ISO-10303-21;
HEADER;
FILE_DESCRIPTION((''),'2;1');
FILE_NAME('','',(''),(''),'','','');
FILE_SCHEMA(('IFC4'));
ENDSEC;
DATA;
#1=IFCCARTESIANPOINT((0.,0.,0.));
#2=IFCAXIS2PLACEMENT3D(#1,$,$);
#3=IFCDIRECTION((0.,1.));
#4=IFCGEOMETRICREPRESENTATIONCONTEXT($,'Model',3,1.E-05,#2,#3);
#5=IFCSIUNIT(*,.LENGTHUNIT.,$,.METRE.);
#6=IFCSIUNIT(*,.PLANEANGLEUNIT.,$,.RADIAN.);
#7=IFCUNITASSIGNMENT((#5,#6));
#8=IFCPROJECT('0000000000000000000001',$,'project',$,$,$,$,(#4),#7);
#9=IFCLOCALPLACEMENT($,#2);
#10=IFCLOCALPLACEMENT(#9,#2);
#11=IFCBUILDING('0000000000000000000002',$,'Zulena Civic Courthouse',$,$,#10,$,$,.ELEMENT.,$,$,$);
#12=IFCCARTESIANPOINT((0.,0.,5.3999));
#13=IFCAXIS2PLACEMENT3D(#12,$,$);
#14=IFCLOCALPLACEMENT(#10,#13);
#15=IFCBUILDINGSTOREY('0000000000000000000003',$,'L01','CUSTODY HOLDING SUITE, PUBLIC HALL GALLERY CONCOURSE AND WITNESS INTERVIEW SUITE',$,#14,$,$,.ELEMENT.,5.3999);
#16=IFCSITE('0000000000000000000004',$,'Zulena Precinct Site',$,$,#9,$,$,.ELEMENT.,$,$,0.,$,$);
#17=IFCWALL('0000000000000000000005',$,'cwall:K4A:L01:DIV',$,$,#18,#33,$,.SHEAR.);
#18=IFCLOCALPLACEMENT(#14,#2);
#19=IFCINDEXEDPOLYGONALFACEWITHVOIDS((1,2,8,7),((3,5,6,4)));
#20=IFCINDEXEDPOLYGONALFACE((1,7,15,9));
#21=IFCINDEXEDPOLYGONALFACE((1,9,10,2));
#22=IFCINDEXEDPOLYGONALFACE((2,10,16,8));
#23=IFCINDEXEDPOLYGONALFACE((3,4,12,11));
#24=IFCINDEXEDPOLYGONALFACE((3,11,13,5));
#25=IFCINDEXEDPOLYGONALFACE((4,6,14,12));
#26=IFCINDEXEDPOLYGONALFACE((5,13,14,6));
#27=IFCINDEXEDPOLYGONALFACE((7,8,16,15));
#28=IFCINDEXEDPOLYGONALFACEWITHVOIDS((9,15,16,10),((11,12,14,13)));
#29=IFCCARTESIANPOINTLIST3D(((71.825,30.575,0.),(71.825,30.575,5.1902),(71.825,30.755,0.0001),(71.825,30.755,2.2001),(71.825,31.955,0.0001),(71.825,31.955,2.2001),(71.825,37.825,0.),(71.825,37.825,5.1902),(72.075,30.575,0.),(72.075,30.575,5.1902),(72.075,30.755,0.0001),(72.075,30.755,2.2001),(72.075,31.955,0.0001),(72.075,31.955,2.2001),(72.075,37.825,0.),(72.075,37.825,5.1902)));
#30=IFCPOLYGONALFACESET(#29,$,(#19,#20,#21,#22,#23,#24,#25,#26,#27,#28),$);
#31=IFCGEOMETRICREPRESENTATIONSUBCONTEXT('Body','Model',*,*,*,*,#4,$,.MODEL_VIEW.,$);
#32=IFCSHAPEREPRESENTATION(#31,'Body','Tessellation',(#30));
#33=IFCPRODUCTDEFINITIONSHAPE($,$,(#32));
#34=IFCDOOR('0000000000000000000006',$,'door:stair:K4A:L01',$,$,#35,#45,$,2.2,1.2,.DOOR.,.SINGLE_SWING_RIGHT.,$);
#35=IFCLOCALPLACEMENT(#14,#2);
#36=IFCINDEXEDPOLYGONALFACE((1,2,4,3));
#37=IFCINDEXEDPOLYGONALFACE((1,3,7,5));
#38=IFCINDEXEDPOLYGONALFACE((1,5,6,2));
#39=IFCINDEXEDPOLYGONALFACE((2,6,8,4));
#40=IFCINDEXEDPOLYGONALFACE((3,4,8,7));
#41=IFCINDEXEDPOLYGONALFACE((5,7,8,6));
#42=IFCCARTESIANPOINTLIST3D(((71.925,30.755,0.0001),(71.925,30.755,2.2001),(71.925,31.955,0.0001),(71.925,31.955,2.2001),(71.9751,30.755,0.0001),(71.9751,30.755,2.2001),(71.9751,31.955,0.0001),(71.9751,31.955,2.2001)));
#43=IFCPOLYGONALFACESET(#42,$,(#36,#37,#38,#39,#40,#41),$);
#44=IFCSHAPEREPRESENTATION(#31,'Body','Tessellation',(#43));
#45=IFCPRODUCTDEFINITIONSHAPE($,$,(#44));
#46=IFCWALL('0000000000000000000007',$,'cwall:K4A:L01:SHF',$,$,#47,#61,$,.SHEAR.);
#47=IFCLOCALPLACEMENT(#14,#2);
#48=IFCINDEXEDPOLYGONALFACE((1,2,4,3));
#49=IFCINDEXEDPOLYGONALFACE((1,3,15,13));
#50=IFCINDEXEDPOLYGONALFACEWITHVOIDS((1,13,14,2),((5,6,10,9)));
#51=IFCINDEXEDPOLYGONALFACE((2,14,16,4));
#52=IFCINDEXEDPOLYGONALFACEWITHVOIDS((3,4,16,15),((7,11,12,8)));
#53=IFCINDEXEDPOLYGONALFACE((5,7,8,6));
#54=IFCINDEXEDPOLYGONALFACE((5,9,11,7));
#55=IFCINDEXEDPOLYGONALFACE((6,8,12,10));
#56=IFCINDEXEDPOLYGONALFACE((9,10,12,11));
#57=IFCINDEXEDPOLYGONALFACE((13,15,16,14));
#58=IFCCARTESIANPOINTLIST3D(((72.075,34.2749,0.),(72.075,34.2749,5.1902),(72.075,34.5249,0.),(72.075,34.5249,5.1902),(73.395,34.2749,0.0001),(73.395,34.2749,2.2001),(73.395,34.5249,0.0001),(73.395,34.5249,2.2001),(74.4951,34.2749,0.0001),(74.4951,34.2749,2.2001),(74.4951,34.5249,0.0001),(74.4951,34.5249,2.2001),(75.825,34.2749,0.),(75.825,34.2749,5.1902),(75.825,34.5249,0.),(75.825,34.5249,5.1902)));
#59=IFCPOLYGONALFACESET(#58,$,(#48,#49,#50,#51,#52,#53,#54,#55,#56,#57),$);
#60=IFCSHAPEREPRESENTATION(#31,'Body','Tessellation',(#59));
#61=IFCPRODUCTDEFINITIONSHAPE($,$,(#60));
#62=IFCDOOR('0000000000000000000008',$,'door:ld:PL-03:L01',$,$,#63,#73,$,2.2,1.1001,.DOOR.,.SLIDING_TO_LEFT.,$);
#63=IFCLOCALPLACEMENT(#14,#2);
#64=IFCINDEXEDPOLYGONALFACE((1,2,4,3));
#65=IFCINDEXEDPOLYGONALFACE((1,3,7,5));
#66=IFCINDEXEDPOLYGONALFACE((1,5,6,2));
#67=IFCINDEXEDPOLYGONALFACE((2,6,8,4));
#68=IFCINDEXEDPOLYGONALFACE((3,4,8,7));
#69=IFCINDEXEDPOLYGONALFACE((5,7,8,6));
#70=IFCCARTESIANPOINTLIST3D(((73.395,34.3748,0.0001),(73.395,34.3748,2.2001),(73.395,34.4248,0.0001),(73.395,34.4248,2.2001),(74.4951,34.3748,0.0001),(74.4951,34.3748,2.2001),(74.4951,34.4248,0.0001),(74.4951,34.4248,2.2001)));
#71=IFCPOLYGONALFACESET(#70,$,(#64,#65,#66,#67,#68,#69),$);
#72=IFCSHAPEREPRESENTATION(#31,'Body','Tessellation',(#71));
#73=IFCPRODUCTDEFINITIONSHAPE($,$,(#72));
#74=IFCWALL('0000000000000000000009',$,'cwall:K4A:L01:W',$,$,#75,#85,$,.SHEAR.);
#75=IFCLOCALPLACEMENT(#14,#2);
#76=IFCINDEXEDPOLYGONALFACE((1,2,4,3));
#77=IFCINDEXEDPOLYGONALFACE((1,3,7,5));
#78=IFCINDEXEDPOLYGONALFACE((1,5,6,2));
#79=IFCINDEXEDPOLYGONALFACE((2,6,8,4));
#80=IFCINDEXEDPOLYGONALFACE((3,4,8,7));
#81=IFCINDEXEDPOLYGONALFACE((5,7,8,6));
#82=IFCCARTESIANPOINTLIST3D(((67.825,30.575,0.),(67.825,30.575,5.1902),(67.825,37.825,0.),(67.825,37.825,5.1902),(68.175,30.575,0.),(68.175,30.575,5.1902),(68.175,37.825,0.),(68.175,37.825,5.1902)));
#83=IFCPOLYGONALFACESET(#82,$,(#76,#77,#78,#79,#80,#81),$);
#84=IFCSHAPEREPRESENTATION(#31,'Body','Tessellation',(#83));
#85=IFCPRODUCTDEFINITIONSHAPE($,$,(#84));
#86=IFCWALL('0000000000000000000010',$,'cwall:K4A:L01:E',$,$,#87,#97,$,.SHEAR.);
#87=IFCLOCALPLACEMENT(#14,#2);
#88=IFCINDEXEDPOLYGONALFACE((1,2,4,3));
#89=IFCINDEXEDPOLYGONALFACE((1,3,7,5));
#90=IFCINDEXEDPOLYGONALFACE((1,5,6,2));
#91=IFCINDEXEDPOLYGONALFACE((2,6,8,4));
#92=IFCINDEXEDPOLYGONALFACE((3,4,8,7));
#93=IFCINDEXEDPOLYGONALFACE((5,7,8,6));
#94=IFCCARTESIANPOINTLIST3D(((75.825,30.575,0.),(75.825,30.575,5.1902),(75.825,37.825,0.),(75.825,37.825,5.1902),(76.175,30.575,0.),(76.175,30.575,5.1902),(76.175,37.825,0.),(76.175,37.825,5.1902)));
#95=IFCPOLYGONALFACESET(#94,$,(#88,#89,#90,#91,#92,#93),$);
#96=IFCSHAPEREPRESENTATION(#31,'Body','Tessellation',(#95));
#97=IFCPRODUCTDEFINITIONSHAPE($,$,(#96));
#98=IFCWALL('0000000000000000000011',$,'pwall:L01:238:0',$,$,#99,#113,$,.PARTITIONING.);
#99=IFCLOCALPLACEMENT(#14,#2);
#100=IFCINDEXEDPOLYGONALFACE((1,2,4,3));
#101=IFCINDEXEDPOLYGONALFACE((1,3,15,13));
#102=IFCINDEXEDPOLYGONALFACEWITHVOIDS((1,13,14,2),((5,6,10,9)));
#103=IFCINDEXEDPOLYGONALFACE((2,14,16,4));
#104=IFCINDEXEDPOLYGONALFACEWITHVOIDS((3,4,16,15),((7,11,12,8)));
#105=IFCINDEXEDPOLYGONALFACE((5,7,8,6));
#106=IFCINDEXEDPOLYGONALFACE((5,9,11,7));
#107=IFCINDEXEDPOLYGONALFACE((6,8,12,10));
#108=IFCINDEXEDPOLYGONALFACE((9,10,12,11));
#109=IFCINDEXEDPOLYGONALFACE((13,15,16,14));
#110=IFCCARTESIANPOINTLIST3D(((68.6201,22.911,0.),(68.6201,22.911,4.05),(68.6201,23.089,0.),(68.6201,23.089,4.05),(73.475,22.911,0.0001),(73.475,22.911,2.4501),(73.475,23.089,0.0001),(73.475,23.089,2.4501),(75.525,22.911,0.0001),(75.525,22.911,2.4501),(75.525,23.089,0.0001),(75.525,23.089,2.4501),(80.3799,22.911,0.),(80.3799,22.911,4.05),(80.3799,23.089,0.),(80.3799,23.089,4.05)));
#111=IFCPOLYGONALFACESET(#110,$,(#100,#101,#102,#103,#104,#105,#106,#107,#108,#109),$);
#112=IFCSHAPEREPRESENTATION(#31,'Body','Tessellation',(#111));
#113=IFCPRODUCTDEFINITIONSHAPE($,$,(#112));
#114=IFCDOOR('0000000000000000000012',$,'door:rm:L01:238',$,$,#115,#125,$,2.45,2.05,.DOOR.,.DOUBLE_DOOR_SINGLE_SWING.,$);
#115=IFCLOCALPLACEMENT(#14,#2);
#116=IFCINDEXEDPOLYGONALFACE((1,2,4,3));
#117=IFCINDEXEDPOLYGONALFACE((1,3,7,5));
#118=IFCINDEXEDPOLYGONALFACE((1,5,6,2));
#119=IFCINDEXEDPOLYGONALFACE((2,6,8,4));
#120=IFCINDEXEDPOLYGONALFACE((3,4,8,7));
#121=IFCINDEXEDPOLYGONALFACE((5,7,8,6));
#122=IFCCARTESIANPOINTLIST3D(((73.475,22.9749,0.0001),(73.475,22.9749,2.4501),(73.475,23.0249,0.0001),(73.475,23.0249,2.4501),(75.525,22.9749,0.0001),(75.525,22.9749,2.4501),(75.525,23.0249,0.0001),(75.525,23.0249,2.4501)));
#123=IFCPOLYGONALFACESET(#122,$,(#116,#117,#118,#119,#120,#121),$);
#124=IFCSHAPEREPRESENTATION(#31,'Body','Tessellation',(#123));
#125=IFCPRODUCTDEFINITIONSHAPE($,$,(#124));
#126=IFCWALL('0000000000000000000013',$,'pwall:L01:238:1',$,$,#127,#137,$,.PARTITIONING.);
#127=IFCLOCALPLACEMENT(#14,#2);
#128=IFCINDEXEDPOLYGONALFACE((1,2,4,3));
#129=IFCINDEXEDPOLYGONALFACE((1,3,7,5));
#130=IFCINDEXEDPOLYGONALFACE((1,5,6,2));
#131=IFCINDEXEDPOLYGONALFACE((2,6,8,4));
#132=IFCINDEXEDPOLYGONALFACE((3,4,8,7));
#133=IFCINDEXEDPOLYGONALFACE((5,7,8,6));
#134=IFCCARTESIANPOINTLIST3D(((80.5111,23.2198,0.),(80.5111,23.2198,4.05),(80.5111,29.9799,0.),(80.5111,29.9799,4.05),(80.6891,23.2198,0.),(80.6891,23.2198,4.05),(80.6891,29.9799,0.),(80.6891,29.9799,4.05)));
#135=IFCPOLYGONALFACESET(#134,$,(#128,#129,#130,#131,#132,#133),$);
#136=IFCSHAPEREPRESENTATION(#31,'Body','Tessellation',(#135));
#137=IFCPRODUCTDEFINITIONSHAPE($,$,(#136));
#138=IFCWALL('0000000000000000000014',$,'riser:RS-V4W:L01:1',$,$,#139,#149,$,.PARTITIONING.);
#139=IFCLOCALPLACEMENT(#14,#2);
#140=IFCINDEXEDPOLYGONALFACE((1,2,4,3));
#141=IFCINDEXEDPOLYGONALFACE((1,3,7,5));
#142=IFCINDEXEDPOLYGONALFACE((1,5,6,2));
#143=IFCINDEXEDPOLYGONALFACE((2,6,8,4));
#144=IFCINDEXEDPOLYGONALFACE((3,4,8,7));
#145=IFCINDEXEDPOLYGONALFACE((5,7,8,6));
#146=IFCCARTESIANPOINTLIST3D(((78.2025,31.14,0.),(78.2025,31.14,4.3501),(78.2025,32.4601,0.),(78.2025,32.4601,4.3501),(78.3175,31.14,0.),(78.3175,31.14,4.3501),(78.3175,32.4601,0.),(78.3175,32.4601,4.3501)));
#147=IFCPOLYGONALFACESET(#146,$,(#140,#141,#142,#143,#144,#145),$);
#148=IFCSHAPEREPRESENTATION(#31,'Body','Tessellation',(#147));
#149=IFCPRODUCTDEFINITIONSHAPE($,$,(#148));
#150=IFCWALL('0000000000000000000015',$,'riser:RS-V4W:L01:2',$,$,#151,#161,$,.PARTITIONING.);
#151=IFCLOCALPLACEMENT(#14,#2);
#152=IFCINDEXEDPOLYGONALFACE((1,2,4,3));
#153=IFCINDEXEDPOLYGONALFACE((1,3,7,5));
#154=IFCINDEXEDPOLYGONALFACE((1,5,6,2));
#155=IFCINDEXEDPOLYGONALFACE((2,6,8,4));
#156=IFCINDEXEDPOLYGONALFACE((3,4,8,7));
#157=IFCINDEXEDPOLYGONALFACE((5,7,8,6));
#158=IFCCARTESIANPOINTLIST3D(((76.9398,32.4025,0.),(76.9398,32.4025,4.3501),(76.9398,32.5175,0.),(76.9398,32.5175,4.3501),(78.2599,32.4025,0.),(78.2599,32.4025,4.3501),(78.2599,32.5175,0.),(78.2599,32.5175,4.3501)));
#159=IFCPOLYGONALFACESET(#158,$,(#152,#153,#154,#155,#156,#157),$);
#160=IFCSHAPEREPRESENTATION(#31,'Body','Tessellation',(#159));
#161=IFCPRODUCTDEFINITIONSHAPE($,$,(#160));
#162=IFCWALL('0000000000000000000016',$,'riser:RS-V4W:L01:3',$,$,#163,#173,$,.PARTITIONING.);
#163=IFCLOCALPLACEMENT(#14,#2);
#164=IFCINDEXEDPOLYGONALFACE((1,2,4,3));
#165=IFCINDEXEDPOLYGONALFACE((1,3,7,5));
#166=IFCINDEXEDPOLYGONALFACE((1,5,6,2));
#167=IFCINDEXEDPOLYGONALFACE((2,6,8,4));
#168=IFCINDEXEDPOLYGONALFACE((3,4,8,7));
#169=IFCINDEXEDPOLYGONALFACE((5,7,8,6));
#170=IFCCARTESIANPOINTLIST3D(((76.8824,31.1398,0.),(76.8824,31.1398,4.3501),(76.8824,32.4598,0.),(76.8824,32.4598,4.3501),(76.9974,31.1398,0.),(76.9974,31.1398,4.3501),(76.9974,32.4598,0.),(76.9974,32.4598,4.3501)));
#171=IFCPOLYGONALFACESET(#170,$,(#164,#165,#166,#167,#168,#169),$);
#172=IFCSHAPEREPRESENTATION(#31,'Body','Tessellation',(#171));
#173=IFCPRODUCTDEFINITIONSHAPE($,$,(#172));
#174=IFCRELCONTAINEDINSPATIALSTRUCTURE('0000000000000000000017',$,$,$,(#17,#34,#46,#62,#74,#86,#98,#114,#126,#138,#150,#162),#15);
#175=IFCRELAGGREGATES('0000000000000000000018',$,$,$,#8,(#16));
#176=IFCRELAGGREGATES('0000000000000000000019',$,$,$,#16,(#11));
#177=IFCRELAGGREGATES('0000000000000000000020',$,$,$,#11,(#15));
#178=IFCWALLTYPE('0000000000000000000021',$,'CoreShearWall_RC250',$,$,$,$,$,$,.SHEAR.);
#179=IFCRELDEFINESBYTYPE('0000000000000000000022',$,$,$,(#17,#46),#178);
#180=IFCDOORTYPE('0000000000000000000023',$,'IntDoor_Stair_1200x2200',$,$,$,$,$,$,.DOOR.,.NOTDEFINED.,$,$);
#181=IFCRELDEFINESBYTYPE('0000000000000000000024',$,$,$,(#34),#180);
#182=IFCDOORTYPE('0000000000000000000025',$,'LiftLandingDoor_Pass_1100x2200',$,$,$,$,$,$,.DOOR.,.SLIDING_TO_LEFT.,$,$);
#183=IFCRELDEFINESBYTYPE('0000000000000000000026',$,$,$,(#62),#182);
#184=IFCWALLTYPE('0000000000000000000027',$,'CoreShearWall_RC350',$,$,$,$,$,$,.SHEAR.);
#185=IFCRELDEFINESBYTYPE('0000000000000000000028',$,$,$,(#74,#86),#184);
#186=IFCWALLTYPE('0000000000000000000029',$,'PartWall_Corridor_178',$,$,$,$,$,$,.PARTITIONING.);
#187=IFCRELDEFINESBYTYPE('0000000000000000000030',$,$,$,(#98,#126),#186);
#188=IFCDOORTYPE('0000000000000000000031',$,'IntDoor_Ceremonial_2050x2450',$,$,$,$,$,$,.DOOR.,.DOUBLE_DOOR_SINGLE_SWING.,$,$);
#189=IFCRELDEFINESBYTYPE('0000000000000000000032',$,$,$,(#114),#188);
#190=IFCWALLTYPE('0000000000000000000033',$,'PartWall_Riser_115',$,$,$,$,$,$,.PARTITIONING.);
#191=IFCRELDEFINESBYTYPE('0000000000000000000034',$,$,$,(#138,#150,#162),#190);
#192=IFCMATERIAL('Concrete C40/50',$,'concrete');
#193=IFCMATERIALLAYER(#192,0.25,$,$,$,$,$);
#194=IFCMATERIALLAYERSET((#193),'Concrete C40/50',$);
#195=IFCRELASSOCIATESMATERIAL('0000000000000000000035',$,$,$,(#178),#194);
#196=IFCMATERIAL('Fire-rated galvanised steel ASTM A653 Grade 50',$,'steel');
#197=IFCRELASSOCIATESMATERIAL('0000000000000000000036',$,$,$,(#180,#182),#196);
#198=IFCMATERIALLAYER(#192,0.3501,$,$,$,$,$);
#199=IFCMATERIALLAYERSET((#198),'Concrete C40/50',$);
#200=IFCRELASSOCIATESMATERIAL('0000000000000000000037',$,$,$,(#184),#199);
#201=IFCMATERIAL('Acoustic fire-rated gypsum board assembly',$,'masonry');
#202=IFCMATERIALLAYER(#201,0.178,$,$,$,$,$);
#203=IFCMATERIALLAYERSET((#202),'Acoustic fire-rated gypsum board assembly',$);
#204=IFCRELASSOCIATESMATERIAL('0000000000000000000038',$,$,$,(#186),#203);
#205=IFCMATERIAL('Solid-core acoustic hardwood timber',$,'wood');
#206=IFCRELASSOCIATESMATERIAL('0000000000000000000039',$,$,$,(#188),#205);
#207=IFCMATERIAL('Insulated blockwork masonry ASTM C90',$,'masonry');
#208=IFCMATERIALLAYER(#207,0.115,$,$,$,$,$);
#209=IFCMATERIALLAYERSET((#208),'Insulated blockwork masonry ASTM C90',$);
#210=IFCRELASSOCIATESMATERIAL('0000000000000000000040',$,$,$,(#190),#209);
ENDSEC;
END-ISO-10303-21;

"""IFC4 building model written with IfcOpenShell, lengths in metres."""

from ifc_helpers import new_model, si_unit, direction, frame, frame_2d, origin, place, context, subcontext, project, spatial, rectangle, extrude, material, layer, layer_set, type_object, element, fill, save


model = new_model("IFC4")

# Units and contexts
model_context = context("Model", 3, precision=1e-05, world=origin(), true_north=direction((0.0, 1.0)))
body_context = subcontext(model_context, "Body", "Model", "MODEL_VIEW")
ifc_project = project(units=[si_unit("LENGTHUNIT", "METRE"), si_unit("PLANEANGLEUNIT", "RADIAN")], contexts=[model_context])

# Site, building, storey
site_placement = place(None, origin())
site = spatial("IfcSite", under=ifc_project, at=site_placement, Name="Zulena Precinct Site", CompositionType="ELEMENT", RefElevation=0.0)
building_placement = place(site_placement, origin())
building = spatial("IfcBuilding", under=site, at=building_placement, Name="Zulena Civic Courthouse", CompositionType="ELEMENT")
storey_placement = place(building_placement, frame((0.0, 0.0, 5.3999)))
storey = spatial("IfcBuildingStorey", under=building, at=storey_placement, Name="L01", Description="CUSTODY HOLDING SUITE, PUBLIC HALL GALLERY CONCOURSE AND WITNESS INTERVIEW SUITE", CompositionType="ELEMENT", Elevation=5.3999)

# Walls, openings, doors
ifc_material_1 = material(Name="Concrete C40/50", Category="concrete")
ifc_layer_1 = layer(ifc_material_1, 0.25)
ifc_layer_set_1 = layer_set([ifc_layer_1], Name="Concrete C40/50")
wall_type_1 = type_object("IfcWallType", Name="CoreShearWall_RC250", PredefinedType="SHEAR", material=ifc_layer_set_1)
wall_1_placement = place(storey_placement, frame((71.95, 30.575, 0.0), z_axis=(0.0, 0.0, 1.0), x_axis=(0.0, 1.0, 0.0)))
wall_1 = element("IfcWall", 1, at=wall_1_placement, inside=storey, type_object=wall_type_1, Name="cwall:K4A:L01:DIV", PredefinedType="SHEAR", context=body_context, shape_type="SweptSolid", body=[
    extrude(rectangle(XDim=7.25, YDim=0.25, at=frame_2d((3.625, 0.0))), origin(), (0.0, 0.0, 1.0), 5.1902),
])
opening_1_placement = place(wall_1_placement, frame((0.1799, 0.0, 0.0)))
opening_1 = element("IfcOpeningElement", 2, at=opening_1_placement, cuts=wall_1, PredefinedType="OPENING", context=body_context, shape_type="SweptSolid", body=[
    extrude(rectangle(XDim=1.2, YDim=2.2, at=frame_2d((0.6001, 1.1001))), frame((0.0, 0.135, 0.0), z_axis=(0.0, -1.0, 0.0), x_axis=(1.0, 0.0, 0.0)), (0.0, 0.0, 1.0), 0.27),
])
ifc_material_2 = material(Name="Fire-rated galvanised steel ASTM A653 Grade 50", Category="steel")
door_type_1 = type_object("IfcDoorType", Name="IntDoor_Stair_1200x2200", OperationType="NOTDEFINED", PredefinedType="DOOR", material=ifc_material_2)
door_1_placement = place(opening_1_placement, origin())
door_1 = element("IfcDoor", 3, at=door_1_placement, inside=storey, type_object=door_type_1, Name="door:stair:K4A:L01", OperationType="SINGLE_SWING_RIGHT", OverallHeight=2.2, OverallWidth=1.2, PredefinedType="DOOR", context=body_context, shape_type="SweptSolid", body=[
    extrude(rectangle(XDim=1.2, YDim=2.2, at=frame_2d((0.6001, 1.1001))), frame((0.0, 0.0249, 0.0), z_axis=(0.0, -1.0, 0.0), x_axis=(1.0, 0.0, 0.0)), (0.0, 0.0, 1.0), 0.05),
])
fill(opening_1, door_1)
wall_2_placement = place(storey_placement, frame((72.075, 34.3999, 0.0), z_axis=(0.0, 0.0, 1.0), x_axis=(1.0, 0.0, 0.0)))
wall_2 = element("IfcWall", 4, at=wall_2_placement, inside=storey, type_object=wall_type_1, Name="cwall:K4A:L01:SHF", PredefinedType="SHEAR", context=body_context, shape_type="SweptSolid", body=[
    extrude(rectangle(XDim=3.75, YDim=0.25, at=frame_2d((1.875, 0.0))), origin(), (0.0, 0.0, 1.0), 5.1902),
])
opening_2_placement = place(wall_2_placement, frame((1.3201, 0.0, 0.0)))
opening_2 = element("IfcOpeningElement", 5, at=opening_2_placement, cuts=wall_2, PredefinedType="OPENING", context=body_context, shape_type="SweptSolid", body=[
    extrude(rectangle(XDim=1.1001, YDim=2.2, at=frame_2d((0.55, 1.1001))), frame((0.0, 0.135, 0.0), z_axis=(0.0, -1.0, 0.0), x_axis=(1.0, 0.0, 0.0)), (0.0, 0.0, 1.0), 0.27),
])
door_type_2 = type_object("IfcDoorType", Name="LiftLandingDoor_Pass_1100x2200", OperationType="SLIDING_TO_LEFT", PredefinedType="DOOR", material=ifc_material_2)
door_2_placement = place(opening_2_placement, origin())
door_2 = element("IfcDoor", 6, at=door_2_placement, inside=storey, type_object=door_type_2, Name="door:ld:PL-03:L01", OperationType="SLIDING_TO_LEFT", OverallHeight=2.2, OverallWidth=1.1001, PredefinedType="DOOR", context=body_context, shape_type="SweptSolid", body=[
    extrude(rectangle(XDim=1.1001, YDim=2.2, at=frame_2d((0.55, 1.1001))), frame((0.0, 0.0249, 0.0), z_axis=(0.0, -1.0, 0.0), x_axis=(1.0, 0.0, 0.0)), (0.0, 0.0, 1.0), 0.05),
])
fill(opening_2, door_2)

# Walls
ifc_layer_2 = layer(ifc_material_1, 0.3501)
ifc_layer_set_2 = layer_set([ifc_layer_2], Name="Concrete C40/50")
wall_type_2 = type_object("IfcWallType", Name="CoreShearWall_RC350", PredefinedType="SHEAR", material=ifc_layer_set_2)
for number, where, z_axis, x_axis, name in (
    (7, (68.0, 30.575, 0.0), (0.0, 0.0, 1.0), (0.0, 1.0, 0.0), "cwall:K4A:L01:W"),
    (8, (76.0, 30.575, 0.0), (0.0, 0.0, 1.0), (0.0, 1.0, 0.0), "cwall:K4A:L01:E"),
):
    element("IfcWall", number, at=place(storey_placement, frame(where, z_axis=z_axis, x_axis=x_axis)), inside=storey, type_object=wall_type_2, Name=name, PredefinedType="SHEAR", context=body_context, shape_type="SweptSolid", body=[
        extrude(rectangle(XDim=7.25, YDim=0.3501, at=frame_2d((3.625, 0.0))), origin(), (0.0, 0.0, 1.0), 5.1902),
    ])

# Wall, opening, door
ifc_material_3 = material(Name="Acoustic fire-rated gypsum board assembly", Category="masonry")
ifc_layer_3 = layer(ifc_material_3, 0.178)
ifc_layer_set_3 = layer_set([ifc_layer_3], Name="Acoustic fire-rated gypsum board assembly")
wall_type_3 = type_object("IfcWallType", Name="PartWall_Corridor_178", PredefinedType="PARTITIONING", material=ifc_layer_set_3)
wall_3_placement = place(storey_placement, frame((68.6201, 23.0, 0.0), z_axis=(0.0, 0.0, 1.0), x_axis=(1.0, 0.0, 0.0)))
wall_3 = element("IfcWall", 9, at=wall_3_placement, inside=storey, type_object=wall_type_3, Name="pwall:L01:238:0", PredefinedType="PARTITIONING", context=body_context, shape_type="SweptSolid", body=[
    extrude(rectangle(XDim=11.7598, YDim=0.178, at=frame_2d((5.8799, 0.0))), origin(), (0.0, 0.0, 1.0), 4.05),
])
opening_3_placement = place(wall_3_placement, frame((4.855, 0.0, 0.0)))
opening_3 = element("IfcOpeningElement", 10, at=opening_3_placement, cuts=wall_3, PredefinedType="OPENING", context=body_context, shape_type="SweptSolid", body=[
    extrude(rectangle(XDim=2.05, YDim=2.45, at=frame_2d((1.0249, 1.2251))), frame((0.0, 0.0989, 0.0), z_axis=(0.0, -1.0, 0.0), x_axis=(1.0, 0.0, 0.0)), (0.0, 0.0, 1.0), 0.198),
])
ifc_material_4 = material(Name="Solid-core acoustic hardwood timber", Category="wood")
door_type_3 = type_object("IfcDoorType", Name="IntDoor_Ceremonial_2050x2450", OperationType="DOUBLE_DOOR_SINGLE_SWING", PredefinedType="DOOR", material=ifc_material_4)
door_3_placement = place(opening_3_placement, origin())
door_3 = element("IfcDoor", 11, at=door_3_placement, inside=storey, type_object=door_type_3, Name="door:rm:L01:238", OperationType="DOUBLE_DOOR_SINGLE_SWING", OverallHeight=2.45, OverallWidth=2.05, PredefinedType="DOOR", context=body_context, shape_type="SweptSolid", body=[
    extrude(rectangle(XDim=2.05, YDim=2.45, at=frame_2d((1.0249, 1.2251))), frame((0.0, 0.0249, 0.0), z_axis=(0.0, -1.0, 0.0), x_axis=(1.0, 0.0, 0.0)), (0.0, 0.0, 1.0), 0.05),
])
fill(opening_3, door_3)

# Walls
wall_4_placement = place(storey_placement, frame((80.6001, 23.22, 0.0), z_axis=(0.0, 0.0, 1.0), x_axis=(0.0, 1.0, 0.0)))
element("IfcWall", 12, at=wall_4_placement, inside=storey, type_object=wall_type_3, Name="pwall:L01:238:1", PredefinedType="PARTITIONING", context=body_context, shape_type="SweptSolid", body=[
    extrude(rectangle(XDim=6.76, YDim=0.178, at=frame_2d((3.3799, 0.0))), origin(), (0.0, 0.0, 1.0), 4.05),
])
ifc_material_5 = material(Name="Insulated blockwork masonry ASTM C90", Category="masonry")
ifc_layer_4 = layer(ifc_material_5, 0.115)
ifc_layer_set_4 = layer_set([ifc_layer_4], Name="Insulated blockwork masonry ASTM C90")
wall_type_4 = type_object("IfcWallType", Name="PartWall_Riser_115", PredefinedType="PARTITIONING", material=ifc_layer_set_4)
for number, where, z_axis, x_axis, name in (
    (13, (78.26, 31.1399, 0.0), (0.0, 0.0, 1.0), (0.0, 1.0, 0.0), "riser:RS-V4W:L01:1"),
    (14, (78.26, 32.46, 0.0), (0.0, 0.0, 1.0), (-1.0, 0.0, 0.0), "riser:RS-V4W:L01:2"),
    (15, (76.9399, 32.46, 0.0), (0.0, 0.0, 1.0), (0.0, -1.0, 0.0), "riser:RS-V4W:L01:3"),
):
    element("IfcWall", number, at=place(storey_placement, frame(where, z_axis=z_axis, x_axis=x_axis)), inside=storey, type_object=wall_type_4, Name=name, PredefinedType="PARTITIONING", context=body_context, shape_type="SweptSolid", body=[
        extrude(rectangle(XDim=1.3201, YDim=0.115, at=frame_2d((0.6602, 0.0))), origin(), (0.0, 0.0, 1.0), 4.3501),
    ])

save(model, "model.ifc")
